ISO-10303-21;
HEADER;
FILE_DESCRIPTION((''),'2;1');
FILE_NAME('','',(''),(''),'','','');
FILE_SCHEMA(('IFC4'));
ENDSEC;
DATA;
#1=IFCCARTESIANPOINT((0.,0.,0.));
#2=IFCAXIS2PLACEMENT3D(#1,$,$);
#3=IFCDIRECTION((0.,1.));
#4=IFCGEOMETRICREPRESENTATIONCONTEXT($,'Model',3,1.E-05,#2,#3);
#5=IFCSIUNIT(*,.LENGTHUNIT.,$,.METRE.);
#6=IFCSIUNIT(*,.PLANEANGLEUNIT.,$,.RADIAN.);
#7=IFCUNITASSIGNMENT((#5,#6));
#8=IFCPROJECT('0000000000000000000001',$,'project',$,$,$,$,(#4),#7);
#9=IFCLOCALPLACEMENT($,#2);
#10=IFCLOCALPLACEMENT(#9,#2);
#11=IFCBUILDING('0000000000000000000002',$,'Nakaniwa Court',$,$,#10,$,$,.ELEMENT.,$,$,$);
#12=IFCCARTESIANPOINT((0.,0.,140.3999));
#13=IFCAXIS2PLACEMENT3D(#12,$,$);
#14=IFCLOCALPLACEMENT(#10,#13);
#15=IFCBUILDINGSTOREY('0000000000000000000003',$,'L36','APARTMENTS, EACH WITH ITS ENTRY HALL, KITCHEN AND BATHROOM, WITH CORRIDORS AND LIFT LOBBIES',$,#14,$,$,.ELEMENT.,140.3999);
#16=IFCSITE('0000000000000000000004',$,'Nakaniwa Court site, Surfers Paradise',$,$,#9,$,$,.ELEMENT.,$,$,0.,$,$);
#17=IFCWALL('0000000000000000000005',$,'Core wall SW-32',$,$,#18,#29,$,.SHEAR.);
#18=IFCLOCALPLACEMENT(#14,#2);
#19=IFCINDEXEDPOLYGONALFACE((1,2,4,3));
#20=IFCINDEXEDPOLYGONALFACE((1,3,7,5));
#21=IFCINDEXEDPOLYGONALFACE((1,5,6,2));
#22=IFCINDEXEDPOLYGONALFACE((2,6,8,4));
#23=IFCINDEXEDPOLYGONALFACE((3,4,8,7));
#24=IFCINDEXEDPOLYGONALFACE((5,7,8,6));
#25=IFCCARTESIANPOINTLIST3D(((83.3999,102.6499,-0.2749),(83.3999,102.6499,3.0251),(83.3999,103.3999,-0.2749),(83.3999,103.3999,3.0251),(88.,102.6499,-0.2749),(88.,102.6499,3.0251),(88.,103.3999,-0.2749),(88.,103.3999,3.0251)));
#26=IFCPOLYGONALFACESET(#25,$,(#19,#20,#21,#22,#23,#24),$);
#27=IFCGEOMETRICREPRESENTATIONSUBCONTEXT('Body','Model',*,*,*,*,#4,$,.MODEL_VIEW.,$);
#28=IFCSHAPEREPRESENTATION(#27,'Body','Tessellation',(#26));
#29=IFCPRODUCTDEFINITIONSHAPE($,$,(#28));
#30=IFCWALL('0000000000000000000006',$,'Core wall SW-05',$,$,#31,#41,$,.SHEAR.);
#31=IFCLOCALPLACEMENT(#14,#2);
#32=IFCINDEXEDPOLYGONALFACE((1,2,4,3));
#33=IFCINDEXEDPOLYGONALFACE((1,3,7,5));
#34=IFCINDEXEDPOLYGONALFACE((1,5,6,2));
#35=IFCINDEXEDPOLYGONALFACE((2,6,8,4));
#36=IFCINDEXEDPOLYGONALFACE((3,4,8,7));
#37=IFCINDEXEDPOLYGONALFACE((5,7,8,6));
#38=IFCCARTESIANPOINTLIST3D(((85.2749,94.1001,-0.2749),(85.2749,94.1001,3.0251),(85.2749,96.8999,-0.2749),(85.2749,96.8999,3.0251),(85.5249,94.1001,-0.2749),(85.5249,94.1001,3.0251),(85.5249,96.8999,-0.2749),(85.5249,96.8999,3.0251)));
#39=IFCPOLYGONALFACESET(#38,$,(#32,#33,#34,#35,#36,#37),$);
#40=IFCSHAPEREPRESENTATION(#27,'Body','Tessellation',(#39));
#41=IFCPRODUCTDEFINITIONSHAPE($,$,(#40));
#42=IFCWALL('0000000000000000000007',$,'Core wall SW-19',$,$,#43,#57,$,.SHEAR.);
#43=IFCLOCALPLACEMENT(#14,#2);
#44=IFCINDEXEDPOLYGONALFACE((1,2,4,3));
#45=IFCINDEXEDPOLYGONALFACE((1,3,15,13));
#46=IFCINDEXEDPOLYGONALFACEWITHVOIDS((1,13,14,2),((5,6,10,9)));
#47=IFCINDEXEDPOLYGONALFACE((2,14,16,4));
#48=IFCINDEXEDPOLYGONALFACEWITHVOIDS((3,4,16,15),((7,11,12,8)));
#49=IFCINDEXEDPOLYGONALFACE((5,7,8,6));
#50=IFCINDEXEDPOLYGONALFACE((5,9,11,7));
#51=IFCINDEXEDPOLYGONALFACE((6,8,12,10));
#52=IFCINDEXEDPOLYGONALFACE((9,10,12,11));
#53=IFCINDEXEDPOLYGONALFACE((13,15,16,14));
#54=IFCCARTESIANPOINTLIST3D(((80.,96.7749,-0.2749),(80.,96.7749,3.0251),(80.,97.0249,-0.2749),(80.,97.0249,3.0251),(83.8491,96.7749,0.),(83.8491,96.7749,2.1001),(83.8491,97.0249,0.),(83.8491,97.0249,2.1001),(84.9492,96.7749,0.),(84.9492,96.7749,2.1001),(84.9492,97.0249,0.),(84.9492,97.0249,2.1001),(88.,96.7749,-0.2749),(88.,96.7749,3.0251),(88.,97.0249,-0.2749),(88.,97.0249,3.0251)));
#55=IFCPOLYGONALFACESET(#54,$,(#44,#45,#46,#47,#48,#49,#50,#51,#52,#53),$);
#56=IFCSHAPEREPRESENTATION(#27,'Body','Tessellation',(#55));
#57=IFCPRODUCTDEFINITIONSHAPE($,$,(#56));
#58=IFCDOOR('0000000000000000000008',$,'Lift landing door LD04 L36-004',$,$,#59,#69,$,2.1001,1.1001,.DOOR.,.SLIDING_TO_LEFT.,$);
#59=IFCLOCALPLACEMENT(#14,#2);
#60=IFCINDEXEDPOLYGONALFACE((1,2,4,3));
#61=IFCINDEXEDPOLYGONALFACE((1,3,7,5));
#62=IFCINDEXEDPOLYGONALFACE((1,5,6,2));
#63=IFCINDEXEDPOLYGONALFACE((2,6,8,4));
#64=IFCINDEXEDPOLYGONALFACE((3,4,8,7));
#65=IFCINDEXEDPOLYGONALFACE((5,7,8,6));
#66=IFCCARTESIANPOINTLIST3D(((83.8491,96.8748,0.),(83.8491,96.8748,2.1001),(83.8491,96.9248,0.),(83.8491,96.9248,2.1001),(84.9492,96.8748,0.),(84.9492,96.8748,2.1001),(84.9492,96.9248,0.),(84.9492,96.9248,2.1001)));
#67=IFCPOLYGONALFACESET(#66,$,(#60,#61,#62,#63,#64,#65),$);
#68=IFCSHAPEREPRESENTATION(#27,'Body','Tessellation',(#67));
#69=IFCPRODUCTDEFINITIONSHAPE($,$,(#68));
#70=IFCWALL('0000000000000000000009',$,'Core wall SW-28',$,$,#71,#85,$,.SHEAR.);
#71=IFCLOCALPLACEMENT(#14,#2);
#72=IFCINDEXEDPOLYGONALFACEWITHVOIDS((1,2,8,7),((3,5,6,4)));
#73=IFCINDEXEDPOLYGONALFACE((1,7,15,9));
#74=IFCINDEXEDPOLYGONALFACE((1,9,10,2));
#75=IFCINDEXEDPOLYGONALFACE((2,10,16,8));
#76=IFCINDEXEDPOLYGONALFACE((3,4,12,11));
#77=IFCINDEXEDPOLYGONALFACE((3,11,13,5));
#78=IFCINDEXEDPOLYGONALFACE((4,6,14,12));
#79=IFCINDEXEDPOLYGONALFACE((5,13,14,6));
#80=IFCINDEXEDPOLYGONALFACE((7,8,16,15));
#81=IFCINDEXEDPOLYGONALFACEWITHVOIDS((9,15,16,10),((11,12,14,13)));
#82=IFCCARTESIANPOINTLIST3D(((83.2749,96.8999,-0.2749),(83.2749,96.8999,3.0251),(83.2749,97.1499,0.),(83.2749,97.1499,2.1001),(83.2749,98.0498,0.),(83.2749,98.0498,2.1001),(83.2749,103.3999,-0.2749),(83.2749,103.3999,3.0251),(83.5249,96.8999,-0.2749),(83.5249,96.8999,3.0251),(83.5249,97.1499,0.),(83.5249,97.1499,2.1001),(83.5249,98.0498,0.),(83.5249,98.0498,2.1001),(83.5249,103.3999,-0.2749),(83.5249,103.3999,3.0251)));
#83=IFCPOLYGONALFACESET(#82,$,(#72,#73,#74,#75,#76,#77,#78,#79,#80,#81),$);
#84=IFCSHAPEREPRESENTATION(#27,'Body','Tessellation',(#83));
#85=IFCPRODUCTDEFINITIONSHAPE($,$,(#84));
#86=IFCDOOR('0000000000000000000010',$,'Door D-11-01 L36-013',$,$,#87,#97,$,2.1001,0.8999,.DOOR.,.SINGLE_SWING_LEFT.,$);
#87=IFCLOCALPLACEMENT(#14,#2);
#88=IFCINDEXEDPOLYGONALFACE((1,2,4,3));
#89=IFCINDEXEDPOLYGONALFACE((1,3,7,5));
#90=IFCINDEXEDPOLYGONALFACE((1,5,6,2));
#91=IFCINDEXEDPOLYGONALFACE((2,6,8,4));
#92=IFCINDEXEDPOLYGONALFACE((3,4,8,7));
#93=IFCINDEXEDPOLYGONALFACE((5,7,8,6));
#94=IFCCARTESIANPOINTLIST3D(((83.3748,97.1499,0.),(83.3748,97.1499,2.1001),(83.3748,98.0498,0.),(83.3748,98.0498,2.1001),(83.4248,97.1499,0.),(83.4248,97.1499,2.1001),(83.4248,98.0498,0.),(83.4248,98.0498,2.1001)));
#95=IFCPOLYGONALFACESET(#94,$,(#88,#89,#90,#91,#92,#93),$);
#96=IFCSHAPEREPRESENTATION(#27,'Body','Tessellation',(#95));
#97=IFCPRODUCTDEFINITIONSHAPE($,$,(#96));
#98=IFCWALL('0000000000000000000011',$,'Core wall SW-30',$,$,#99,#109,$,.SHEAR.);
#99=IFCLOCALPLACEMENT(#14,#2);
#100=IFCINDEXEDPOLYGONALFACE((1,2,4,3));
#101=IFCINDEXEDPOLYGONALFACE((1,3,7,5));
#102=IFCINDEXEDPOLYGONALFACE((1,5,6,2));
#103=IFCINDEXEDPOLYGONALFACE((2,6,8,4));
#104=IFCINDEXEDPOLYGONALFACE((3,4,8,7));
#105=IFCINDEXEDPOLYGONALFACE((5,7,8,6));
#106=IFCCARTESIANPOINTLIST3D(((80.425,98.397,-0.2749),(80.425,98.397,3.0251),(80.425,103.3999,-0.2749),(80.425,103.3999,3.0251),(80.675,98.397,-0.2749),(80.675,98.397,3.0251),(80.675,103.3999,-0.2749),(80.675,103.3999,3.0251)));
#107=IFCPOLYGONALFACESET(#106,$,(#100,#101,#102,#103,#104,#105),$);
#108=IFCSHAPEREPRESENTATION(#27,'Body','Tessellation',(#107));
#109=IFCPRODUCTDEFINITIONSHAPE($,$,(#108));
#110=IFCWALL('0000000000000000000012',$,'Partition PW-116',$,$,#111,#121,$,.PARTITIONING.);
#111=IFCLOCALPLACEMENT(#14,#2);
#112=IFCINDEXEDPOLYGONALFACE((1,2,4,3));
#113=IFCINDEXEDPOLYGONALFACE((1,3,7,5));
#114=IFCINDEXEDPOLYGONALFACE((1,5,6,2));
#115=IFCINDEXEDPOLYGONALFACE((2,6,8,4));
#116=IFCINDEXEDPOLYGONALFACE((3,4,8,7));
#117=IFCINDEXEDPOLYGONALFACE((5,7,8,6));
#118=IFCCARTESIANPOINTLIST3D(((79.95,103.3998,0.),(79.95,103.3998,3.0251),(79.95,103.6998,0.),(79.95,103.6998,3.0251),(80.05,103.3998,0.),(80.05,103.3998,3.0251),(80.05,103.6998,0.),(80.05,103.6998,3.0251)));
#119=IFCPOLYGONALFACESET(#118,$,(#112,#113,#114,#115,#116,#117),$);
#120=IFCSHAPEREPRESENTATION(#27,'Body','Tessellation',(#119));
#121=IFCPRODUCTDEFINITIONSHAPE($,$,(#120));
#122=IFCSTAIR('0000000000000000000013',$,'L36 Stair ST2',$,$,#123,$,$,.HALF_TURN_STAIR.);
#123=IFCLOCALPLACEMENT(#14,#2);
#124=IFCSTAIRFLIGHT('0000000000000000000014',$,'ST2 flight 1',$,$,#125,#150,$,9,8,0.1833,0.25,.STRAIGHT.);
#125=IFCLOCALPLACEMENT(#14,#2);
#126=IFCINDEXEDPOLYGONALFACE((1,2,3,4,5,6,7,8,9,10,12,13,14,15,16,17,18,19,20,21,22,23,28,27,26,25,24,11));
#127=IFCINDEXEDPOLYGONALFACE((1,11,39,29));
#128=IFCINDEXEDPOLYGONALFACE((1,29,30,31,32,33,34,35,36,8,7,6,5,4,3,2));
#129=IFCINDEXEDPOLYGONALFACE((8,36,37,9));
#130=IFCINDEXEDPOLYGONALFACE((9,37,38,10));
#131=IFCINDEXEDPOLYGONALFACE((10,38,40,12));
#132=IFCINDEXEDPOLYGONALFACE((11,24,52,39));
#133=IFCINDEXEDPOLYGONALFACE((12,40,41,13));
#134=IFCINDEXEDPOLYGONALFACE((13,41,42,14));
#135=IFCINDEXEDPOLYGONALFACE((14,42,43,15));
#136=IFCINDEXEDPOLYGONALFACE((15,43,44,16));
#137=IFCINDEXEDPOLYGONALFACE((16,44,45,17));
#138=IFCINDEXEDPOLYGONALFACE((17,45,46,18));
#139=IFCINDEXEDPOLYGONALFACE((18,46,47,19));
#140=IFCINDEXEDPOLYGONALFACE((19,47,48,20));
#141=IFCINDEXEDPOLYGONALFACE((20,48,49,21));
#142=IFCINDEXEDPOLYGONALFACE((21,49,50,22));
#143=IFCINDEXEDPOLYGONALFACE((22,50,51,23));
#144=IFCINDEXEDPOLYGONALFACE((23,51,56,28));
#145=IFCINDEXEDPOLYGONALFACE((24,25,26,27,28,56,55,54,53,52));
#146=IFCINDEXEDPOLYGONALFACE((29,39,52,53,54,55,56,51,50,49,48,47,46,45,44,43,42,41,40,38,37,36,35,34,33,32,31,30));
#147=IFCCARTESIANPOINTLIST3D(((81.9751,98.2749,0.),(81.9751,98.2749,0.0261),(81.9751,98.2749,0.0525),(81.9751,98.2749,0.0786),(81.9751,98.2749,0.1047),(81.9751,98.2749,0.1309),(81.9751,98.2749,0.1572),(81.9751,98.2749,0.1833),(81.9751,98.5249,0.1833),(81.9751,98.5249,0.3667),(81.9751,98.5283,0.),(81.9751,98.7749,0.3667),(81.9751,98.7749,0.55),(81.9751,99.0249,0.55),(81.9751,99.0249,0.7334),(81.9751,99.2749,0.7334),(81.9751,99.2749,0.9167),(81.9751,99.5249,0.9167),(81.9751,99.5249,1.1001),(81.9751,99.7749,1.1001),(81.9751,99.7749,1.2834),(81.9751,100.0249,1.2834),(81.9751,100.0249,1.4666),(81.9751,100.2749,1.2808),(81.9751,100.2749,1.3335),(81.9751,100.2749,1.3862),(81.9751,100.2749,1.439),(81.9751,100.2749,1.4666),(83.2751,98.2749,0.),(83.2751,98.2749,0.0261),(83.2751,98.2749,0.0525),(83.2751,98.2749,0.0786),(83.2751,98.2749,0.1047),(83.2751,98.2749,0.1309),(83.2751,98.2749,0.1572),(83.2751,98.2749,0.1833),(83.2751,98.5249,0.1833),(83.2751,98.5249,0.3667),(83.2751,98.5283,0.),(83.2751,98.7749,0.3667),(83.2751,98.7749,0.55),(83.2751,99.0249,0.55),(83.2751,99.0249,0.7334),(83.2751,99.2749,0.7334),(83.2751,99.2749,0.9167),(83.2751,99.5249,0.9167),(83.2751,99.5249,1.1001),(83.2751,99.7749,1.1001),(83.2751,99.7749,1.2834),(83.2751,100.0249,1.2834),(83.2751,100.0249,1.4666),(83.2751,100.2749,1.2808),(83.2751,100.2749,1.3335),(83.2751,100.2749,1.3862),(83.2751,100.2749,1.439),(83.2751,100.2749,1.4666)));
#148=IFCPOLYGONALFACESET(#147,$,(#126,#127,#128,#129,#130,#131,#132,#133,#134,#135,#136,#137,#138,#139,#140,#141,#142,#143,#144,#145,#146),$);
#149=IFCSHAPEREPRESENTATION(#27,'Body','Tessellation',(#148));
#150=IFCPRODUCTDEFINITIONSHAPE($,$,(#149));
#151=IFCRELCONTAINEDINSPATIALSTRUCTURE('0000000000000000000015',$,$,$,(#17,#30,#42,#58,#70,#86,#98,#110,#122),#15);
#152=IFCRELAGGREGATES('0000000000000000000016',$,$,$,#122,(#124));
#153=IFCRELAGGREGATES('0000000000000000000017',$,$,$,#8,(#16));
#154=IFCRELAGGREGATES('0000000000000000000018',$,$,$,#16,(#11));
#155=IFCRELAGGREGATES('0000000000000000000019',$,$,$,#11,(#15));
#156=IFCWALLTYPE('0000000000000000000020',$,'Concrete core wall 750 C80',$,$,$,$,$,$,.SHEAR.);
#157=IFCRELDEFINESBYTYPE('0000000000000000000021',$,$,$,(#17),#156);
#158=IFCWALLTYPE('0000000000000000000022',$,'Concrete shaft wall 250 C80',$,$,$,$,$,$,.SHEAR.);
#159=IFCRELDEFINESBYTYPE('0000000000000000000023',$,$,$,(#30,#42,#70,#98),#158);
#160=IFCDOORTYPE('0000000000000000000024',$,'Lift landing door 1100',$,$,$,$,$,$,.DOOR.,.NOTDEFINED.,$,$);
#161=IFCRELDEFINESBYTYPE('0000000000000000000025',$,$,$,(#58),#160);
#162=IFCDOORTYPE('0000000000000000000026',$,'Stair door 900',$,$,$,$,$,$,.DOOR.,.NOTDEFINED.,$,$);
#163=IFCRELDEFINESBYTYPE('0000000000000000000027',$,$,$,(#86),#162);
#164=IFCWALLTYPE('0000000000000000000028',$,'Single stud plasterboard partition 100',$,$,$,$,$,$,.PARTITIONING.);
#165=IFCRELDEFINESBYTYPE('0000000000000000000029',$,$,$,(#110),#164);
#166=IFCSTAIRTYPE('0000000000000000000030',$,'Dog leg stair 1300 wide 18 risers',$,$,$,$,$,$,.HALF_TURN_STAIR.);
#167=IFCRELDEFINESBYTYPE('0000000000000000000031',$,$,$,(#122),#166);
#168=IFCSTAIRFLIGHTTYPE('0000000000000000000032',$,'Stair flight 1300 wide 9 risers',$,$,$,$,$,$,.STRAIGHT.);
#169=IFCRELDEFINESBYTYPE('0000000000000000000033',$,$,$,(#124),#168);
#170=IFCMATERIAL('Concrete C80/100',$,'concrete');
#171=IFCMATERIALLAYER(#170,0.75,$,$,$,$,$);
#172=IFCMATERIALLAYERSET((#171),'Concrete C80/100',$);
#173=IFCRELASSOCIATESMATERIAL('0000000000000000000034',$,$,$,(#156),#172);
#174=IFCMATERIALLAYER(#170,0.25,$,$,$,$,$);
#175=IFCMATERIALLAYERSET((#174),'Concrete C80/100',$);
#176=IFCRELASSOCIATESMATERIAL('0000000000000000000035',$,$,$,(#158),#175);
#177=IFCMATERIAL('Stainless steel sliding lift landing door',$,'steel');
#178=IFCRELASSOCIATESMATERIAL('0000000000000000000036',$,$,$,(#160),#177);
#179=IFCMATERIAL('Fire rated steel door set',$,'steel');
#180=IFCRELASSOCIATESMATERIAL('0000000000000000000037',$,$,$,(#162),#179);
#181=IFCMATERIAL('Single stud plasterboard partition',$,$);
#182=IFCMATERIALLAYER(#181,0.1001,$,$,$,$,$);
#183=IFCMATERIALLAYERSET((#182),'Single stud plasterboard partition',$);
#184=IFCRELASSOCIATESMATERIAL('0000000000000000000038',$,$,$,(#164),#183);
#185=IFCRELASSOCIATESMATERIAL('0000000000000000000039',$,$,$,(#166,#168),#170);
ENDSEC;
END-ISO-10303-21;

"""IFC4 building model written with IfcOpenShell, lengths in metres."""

from ifc_helpers import new_model, si_unit, direction, frame, frame_2d, origin, place, context, subcontext, project, spatial, polyline, rectangle, outline, extrude, material, layer, layer_set, type_object, element, fill, aggregate, save


model = new_model("IFC4")

# Units and contexts
model_context = context("Model", 3, precision=1e-05, world=origin(), true_north=direction((0.0, 1.0)))
body_context = subcontext(model_context, "Body", "Model", "MODEL_VIEW")
ifc_project = project(units=[si_unit("LENGTHUNIT", "METRE"), si_unit("PLANEANGLEUNIT", "RADIAN")], contexts=[model_context])

# Site, building, storey
site_placement = place(None, origin())
site = spatial("IfcSite", under=ifc_project, at=site_placement, Name="Nakaniwa Court site, Surfers Paradise", CompositionType="ELEMENT", RefElevation=0.0)
building_placement = place(site_placement, origin())
building = spatial("IfcBuilding", under=site, at=building_placement, Name="Nakaniwa Court", CompositionType="ELEMENT")
storey_placement = place(building_placement, frame((0.0, 0.0, 140.3999)))
storey = spatial("IfcBuildingStorey", under=building, at=storey_placement, Name="L36", Description="APARTMENTS, EACH WITH ITS ENTRY HALL, KITCHEN AND BATHROOM, WITH CORRIDORS AND LIFT LOBBIES", CompositionType="ELEMENT", Elevation=140.3999)

# Shared definitions
ifc_material_1 = material(Name="Fire rated steel door set", Category="steel")

# Shared definitions
ifc_material_2 = material(Name="Concrete C80/100", Category="concrete")

# Walls
ifc_layer_1 = layer(ifc_material_2, 0.75)
ifc_layer_set_1 = layer_set([ifc_layer_1], Name="Concrete C80/100")
wall_type_1 = type_object("IfcWallType", Name="Concrete core wall 750 C80", PredefinedType="SHEAR", material=ifc_layer_set_1)
wall_1_placement = place(storey_placement, frame((83.3999, 103.0249, -0.2749), z_axis=(0.0, 0.0, 1.0), x_axis=(1.0, 0.0, 0.0)))
element("IfcWall", 1, at=wall_1_placement, inside=storey, type_object=wall_type_1, Name="Core wall SW-32", PredefinedType="SHEAR", context=body_context, shape_type="SweptSolid", body=[
    extrude(rectangle(XDim=4.6001, YDim=0.75, at=frame_2d((2.3, 0.0))), origin(), (0.0, 0.0, 1.0), 3.3),
])
ifc_layer_2 = layer(ifc_material_2, 0.25)
ifc_layer_set_2 = layer_set([ifc_layer_2], Name="Concrete C80/100")
wall_type_2 = type_object("IfcWallType", Name="Concrete shaft wall 250 C80", PredefinedType="SHEAR", material=ifc_layer_set_2)
wall_2_placement = place(storey_placement, frame((85.3999, 94.1001, -0.2749), z_axis=(0.0, 0.0, 1.0), x_axis=(0.0, 1.0, 0.0)))
element("IfcWall", 2, at=wall_2_placement, inside=storey, type_object=wall_type_2, Name="Core wall SW-05", PredefinedType="SHEAR", context=body_context, shape_type="SweptSolid", body=[
    extrude(rectangle(XDim=2.7998, YDim=0.25, at=frame_2d((1.3999, 0.0))), origin(), (0.0, 0.0, 1.0), 3.3),
])

# Walls, openings, doors
wall_3_placement = place(storey_placement, frame((80.0, 96.8999, -0.2749), z_axis=(0.0, 0.0, 1.0), x_axis=(1.0, 0.0, 0.0)))
wall_3 = element("IfcWall", 3, at=wall_3_placement, inside=storey, type_object=wall_type_2, Name="Core wall SW-19", PredefinedType="SHEAR", context=body_context, shape_type="SweptSolid", body=[
    extrude(rectangle(XDim=8.0, YDim=0.25, at=frame_2d((4.0, 0.0))), origin(), (0.0, 0.0, 1.0), 3.3),
])
opening_1_placement = place(wall_3_placement, frame((3.8491, 0.0, 0.2749)))
opening_1 = element("IfcOpeningElement", 4, at=opening_1_placement, cuts=wall_3, PredefinedType="OPENING", context=body_context, shape_type="SweptSolid", body=[
    extrude(rectangle(XDim=1.1001, YDim=2.1001, at=frame_2d((0.55, 1.05))), frame((0.0, 0.135, 0.0), z_axis=(0.0, -1.0, 0.0), x_axis=(1.0, 0.0, 0.0)), (0.0, 0.0, 1.0), 0.27),
])
ifc_material_3 = material(Name="Stainless steel sliding lift landing door", Category="steel")
door_type_1 = type_object("IfcDoorType", Name="Lift landing door 1100", OperationType="NOTDEFINED", PredefinedType="DOOR", material=ifc_material_3)
door_1_placement = place(opening_1_placement, origin())
door_1 = element("IfcDoor", 5, at=door_1_placement, inside=storey, type_object=door_type_1, Name="Lift landing door LD04 L36-004", OperationType="SLIDING_TO_LEFT", OverallHeight=2.1001, OverallWidth=1.1001, PredefinedType="DOOR", context=body_context, shape_type="SweptSolid", body=[
    extrude(rectangle(XDim=1.1001, YDim=2.1001, at=frame_2d((0.55, 1.05))), frame((0.0, 0.0249, 0.0), z_axis=(0.0, -1.0, 0.0), x_axis=(1.0, 0.0, 0.0)), (0.0, 0.0, 1.0), 0.05),
])
fill(opening_1, door_1)
wall_4_placement = place(storey_placement, frame((83.3999, 103.3999, -0.2749), z_axis=(0.0, 0.0, 1.0), x_axis=(0.0, -1.0, 0.0)))
wall_4 = element("IfcWall", 6, at=wall_4_placement, inside=storey, type_object=wall_type_2, Name="Core wall SW-28", PredefinedType="SHEAR", context=body_context, shape_type="SweptSolid", body=[
    extrude(rectangle(XDim=6.5, YDim=0.25, at=frame_2d((3.25, 0.0))), origin(), (0.0, 0.0, 1.0), 3.3),
])
opening_2_placement = place(wall_4_placement, frame((5.3501, 0.0, 0.2749)))
opening_2 = element("IfcOpeningElement", 7, at=opening_2_placement, cuts=wall_4, PredefinedType="OPENING", context=body_context, shape_type="SweptSolid", body=[
    extrude(rectangle(XDim=0.8999, YDim=2.1001, at=frame_2d((0.45, 1.05))), frame((0.0, 0.135, 0.0), z_axis=(0.0, -1.0, 0.0), x_axis=(1.0, 0.0, 0.0)), (0.0, 0.0, 1.0), 0.27),
])
door_type_2 = type_object("IfcDoorType", Name="Stair door 900", OperationType="NOTDEFINED", PredefinedType="DOOR", material=ifc_material_1)
door_2_placement = place(opening_2_placement, origin())
door_2 = element("IfcDoor", 8, at=door_2_placement, inside=storey, type_object=door_type_2, Name="Door D-11-01 L36-013", OperationType="SINGLE_SWING_LEFT", OverallHeight=2.1001, OverallWidth=0.8999, PredefinedType="DOOR", context=body_context, shape_type="SweptSolid", body=[
    extrude(rectangle(XDim=0.8999, YDim=2.1001, at=frame_2d((0.45, 1.05))), frame((0.0, 0.0249, 0.0), z_axis=(0.0, -1.0, 0.0), x_axis=(1.0, 0.0, 0.0)), (0.0, 0.0, 1.0), 0.05),
])
fill(opening_2, door_2)

# Walls
wall_5_placement = place(storey_placement, frame((80.55, 98.397, -0.2749), z_axis=(0.0, 0.0, 1.0), x_axis=(0.0, 1.0, 0.0)))
element("IfcWall", 9, at=wall_5_placement, inside=storey, type_object=wall_type_2, Name="Core wall SW-30", PredefinedType="SHEAR", context=body_context, shape_type="SweptSolid", body=[
    extrude(rectangle(XDim=5.0029, YDim=0.25, at=frame_2d((2.5015, 0.0))), origin(), (0.0, 0.0, 1.0), 3.3),
])
ifc_material_4 = material(Name="Single stud plasterboard partition")
ifc_layer_3 = layer(ifc_material_4, 0.1001)
ifc_layer_set_3 = layer_set([ifc_layer_3], Name="Single stud plasterboard partition")
wall_type_3 = type_object("IfcWallType", Name="Single stud plasterboard partition 100", PredefinedType="PARTITIONING", material=ifc_layer_set_3)
wall_6_placement = place(storey_placement, frame((80.0, 103.3999, 0.0), z_axis=(0.0, 0.0, 1.0), x_axis=(0.0, 1.0, 0.0)))
element("IfcWall", 10, at=wall_6_placement, inside=storey, type_object=wall_type_3, Name="Partition PW-116", PredefinedType="PARTITIONING", context=body_context, shape_type="SweptSolid", body=[
    extrude(rectangle(XDim=0.3, YDim=0.1001, at=frame_2d((0.1499, 0.0))), origin(), (0.0, 0.0, 1.0), 3.0251),
])

# Stair, stair flight
stair_type = type_object("IfcStairType", Name="Dog leg stair 1300 wide 18 risers", PredefinedType="HALF_TURN_STAIR", material=ifc_material_2)
stair_placement = place(storey_placement, origin())
stair = element("IfcStair", 11, at=stair_placement, inside=storey, type_object=stair_type, Name="L36 Stair ST2", PredefinedType="HALF_TURN_STAIR")
stair_flight_type = type_object("IfcStairFlightType", Name="Stair flight 1300 wide 9 risers", PredefinedType="STRAIGHT", material=ifc_material_2)
stair_flight_1_placement = place(storey_placement, frame((82.625, 98.2749, 0.0), z_axis=(0.0, 0.0, 1.0), x_axis=(0.0, 1.0, 0.0)))
stair_flight_1 = element("IfcStairFlight", 12, at=stair_flight_1_placement, type_object=stair_flight_type, Name="ST2 flight 1", NumberOfRisers=9, NumberOfTreads=8, PredefinedType="STRAIGHT", RiserHeight=0.1833, TreadLength=0.25, context=body_context, shape_type="SweptSolid", body=[
    extrude(outline(polyline([(0.0, 0.0), (0.0, 0.0261), (0.0, 0.0525), (0.0, 0.0786), (0.0, 0.1047), (0.0, 0.1309), (0.0, 0.1572), (0.0, 0.1833), (0.25, 0.1833), (0.25, 0.3667), (0.5, 0.3667), (0.5, 0.55), (0.75, 0.55), (0.75, 0.7334), (1.0, 0.7334), (1.0, 0.9167), (1.25, 0.9167), (1.25, 1.1001), (1.5, 1.1001), (1.5, 1.2834), (1.75, 1.2834), (1.75, 1.4666), (2.0, 1.4666), (2.0, 1.6499), (2.0, 1.5972), (2.0, 1.5444), (2.0, 1.4917), (2.0, 1.439), (2.0, 1.3862), (2.0, 1.3335), (2.0, 1.2808), (0.2534, 0.0), (0.0, 0.0)])), frame((0.0, 0.6499, 0.0), z_axis=(0.0, -1.0, 0.0), x_axis=(1.0, 0.0, 0.0)), (0.0, 0.0, 1.0), 1.3),
])
aggregate(stair, [stair_flight_1])

save(model, "model.ifc")
